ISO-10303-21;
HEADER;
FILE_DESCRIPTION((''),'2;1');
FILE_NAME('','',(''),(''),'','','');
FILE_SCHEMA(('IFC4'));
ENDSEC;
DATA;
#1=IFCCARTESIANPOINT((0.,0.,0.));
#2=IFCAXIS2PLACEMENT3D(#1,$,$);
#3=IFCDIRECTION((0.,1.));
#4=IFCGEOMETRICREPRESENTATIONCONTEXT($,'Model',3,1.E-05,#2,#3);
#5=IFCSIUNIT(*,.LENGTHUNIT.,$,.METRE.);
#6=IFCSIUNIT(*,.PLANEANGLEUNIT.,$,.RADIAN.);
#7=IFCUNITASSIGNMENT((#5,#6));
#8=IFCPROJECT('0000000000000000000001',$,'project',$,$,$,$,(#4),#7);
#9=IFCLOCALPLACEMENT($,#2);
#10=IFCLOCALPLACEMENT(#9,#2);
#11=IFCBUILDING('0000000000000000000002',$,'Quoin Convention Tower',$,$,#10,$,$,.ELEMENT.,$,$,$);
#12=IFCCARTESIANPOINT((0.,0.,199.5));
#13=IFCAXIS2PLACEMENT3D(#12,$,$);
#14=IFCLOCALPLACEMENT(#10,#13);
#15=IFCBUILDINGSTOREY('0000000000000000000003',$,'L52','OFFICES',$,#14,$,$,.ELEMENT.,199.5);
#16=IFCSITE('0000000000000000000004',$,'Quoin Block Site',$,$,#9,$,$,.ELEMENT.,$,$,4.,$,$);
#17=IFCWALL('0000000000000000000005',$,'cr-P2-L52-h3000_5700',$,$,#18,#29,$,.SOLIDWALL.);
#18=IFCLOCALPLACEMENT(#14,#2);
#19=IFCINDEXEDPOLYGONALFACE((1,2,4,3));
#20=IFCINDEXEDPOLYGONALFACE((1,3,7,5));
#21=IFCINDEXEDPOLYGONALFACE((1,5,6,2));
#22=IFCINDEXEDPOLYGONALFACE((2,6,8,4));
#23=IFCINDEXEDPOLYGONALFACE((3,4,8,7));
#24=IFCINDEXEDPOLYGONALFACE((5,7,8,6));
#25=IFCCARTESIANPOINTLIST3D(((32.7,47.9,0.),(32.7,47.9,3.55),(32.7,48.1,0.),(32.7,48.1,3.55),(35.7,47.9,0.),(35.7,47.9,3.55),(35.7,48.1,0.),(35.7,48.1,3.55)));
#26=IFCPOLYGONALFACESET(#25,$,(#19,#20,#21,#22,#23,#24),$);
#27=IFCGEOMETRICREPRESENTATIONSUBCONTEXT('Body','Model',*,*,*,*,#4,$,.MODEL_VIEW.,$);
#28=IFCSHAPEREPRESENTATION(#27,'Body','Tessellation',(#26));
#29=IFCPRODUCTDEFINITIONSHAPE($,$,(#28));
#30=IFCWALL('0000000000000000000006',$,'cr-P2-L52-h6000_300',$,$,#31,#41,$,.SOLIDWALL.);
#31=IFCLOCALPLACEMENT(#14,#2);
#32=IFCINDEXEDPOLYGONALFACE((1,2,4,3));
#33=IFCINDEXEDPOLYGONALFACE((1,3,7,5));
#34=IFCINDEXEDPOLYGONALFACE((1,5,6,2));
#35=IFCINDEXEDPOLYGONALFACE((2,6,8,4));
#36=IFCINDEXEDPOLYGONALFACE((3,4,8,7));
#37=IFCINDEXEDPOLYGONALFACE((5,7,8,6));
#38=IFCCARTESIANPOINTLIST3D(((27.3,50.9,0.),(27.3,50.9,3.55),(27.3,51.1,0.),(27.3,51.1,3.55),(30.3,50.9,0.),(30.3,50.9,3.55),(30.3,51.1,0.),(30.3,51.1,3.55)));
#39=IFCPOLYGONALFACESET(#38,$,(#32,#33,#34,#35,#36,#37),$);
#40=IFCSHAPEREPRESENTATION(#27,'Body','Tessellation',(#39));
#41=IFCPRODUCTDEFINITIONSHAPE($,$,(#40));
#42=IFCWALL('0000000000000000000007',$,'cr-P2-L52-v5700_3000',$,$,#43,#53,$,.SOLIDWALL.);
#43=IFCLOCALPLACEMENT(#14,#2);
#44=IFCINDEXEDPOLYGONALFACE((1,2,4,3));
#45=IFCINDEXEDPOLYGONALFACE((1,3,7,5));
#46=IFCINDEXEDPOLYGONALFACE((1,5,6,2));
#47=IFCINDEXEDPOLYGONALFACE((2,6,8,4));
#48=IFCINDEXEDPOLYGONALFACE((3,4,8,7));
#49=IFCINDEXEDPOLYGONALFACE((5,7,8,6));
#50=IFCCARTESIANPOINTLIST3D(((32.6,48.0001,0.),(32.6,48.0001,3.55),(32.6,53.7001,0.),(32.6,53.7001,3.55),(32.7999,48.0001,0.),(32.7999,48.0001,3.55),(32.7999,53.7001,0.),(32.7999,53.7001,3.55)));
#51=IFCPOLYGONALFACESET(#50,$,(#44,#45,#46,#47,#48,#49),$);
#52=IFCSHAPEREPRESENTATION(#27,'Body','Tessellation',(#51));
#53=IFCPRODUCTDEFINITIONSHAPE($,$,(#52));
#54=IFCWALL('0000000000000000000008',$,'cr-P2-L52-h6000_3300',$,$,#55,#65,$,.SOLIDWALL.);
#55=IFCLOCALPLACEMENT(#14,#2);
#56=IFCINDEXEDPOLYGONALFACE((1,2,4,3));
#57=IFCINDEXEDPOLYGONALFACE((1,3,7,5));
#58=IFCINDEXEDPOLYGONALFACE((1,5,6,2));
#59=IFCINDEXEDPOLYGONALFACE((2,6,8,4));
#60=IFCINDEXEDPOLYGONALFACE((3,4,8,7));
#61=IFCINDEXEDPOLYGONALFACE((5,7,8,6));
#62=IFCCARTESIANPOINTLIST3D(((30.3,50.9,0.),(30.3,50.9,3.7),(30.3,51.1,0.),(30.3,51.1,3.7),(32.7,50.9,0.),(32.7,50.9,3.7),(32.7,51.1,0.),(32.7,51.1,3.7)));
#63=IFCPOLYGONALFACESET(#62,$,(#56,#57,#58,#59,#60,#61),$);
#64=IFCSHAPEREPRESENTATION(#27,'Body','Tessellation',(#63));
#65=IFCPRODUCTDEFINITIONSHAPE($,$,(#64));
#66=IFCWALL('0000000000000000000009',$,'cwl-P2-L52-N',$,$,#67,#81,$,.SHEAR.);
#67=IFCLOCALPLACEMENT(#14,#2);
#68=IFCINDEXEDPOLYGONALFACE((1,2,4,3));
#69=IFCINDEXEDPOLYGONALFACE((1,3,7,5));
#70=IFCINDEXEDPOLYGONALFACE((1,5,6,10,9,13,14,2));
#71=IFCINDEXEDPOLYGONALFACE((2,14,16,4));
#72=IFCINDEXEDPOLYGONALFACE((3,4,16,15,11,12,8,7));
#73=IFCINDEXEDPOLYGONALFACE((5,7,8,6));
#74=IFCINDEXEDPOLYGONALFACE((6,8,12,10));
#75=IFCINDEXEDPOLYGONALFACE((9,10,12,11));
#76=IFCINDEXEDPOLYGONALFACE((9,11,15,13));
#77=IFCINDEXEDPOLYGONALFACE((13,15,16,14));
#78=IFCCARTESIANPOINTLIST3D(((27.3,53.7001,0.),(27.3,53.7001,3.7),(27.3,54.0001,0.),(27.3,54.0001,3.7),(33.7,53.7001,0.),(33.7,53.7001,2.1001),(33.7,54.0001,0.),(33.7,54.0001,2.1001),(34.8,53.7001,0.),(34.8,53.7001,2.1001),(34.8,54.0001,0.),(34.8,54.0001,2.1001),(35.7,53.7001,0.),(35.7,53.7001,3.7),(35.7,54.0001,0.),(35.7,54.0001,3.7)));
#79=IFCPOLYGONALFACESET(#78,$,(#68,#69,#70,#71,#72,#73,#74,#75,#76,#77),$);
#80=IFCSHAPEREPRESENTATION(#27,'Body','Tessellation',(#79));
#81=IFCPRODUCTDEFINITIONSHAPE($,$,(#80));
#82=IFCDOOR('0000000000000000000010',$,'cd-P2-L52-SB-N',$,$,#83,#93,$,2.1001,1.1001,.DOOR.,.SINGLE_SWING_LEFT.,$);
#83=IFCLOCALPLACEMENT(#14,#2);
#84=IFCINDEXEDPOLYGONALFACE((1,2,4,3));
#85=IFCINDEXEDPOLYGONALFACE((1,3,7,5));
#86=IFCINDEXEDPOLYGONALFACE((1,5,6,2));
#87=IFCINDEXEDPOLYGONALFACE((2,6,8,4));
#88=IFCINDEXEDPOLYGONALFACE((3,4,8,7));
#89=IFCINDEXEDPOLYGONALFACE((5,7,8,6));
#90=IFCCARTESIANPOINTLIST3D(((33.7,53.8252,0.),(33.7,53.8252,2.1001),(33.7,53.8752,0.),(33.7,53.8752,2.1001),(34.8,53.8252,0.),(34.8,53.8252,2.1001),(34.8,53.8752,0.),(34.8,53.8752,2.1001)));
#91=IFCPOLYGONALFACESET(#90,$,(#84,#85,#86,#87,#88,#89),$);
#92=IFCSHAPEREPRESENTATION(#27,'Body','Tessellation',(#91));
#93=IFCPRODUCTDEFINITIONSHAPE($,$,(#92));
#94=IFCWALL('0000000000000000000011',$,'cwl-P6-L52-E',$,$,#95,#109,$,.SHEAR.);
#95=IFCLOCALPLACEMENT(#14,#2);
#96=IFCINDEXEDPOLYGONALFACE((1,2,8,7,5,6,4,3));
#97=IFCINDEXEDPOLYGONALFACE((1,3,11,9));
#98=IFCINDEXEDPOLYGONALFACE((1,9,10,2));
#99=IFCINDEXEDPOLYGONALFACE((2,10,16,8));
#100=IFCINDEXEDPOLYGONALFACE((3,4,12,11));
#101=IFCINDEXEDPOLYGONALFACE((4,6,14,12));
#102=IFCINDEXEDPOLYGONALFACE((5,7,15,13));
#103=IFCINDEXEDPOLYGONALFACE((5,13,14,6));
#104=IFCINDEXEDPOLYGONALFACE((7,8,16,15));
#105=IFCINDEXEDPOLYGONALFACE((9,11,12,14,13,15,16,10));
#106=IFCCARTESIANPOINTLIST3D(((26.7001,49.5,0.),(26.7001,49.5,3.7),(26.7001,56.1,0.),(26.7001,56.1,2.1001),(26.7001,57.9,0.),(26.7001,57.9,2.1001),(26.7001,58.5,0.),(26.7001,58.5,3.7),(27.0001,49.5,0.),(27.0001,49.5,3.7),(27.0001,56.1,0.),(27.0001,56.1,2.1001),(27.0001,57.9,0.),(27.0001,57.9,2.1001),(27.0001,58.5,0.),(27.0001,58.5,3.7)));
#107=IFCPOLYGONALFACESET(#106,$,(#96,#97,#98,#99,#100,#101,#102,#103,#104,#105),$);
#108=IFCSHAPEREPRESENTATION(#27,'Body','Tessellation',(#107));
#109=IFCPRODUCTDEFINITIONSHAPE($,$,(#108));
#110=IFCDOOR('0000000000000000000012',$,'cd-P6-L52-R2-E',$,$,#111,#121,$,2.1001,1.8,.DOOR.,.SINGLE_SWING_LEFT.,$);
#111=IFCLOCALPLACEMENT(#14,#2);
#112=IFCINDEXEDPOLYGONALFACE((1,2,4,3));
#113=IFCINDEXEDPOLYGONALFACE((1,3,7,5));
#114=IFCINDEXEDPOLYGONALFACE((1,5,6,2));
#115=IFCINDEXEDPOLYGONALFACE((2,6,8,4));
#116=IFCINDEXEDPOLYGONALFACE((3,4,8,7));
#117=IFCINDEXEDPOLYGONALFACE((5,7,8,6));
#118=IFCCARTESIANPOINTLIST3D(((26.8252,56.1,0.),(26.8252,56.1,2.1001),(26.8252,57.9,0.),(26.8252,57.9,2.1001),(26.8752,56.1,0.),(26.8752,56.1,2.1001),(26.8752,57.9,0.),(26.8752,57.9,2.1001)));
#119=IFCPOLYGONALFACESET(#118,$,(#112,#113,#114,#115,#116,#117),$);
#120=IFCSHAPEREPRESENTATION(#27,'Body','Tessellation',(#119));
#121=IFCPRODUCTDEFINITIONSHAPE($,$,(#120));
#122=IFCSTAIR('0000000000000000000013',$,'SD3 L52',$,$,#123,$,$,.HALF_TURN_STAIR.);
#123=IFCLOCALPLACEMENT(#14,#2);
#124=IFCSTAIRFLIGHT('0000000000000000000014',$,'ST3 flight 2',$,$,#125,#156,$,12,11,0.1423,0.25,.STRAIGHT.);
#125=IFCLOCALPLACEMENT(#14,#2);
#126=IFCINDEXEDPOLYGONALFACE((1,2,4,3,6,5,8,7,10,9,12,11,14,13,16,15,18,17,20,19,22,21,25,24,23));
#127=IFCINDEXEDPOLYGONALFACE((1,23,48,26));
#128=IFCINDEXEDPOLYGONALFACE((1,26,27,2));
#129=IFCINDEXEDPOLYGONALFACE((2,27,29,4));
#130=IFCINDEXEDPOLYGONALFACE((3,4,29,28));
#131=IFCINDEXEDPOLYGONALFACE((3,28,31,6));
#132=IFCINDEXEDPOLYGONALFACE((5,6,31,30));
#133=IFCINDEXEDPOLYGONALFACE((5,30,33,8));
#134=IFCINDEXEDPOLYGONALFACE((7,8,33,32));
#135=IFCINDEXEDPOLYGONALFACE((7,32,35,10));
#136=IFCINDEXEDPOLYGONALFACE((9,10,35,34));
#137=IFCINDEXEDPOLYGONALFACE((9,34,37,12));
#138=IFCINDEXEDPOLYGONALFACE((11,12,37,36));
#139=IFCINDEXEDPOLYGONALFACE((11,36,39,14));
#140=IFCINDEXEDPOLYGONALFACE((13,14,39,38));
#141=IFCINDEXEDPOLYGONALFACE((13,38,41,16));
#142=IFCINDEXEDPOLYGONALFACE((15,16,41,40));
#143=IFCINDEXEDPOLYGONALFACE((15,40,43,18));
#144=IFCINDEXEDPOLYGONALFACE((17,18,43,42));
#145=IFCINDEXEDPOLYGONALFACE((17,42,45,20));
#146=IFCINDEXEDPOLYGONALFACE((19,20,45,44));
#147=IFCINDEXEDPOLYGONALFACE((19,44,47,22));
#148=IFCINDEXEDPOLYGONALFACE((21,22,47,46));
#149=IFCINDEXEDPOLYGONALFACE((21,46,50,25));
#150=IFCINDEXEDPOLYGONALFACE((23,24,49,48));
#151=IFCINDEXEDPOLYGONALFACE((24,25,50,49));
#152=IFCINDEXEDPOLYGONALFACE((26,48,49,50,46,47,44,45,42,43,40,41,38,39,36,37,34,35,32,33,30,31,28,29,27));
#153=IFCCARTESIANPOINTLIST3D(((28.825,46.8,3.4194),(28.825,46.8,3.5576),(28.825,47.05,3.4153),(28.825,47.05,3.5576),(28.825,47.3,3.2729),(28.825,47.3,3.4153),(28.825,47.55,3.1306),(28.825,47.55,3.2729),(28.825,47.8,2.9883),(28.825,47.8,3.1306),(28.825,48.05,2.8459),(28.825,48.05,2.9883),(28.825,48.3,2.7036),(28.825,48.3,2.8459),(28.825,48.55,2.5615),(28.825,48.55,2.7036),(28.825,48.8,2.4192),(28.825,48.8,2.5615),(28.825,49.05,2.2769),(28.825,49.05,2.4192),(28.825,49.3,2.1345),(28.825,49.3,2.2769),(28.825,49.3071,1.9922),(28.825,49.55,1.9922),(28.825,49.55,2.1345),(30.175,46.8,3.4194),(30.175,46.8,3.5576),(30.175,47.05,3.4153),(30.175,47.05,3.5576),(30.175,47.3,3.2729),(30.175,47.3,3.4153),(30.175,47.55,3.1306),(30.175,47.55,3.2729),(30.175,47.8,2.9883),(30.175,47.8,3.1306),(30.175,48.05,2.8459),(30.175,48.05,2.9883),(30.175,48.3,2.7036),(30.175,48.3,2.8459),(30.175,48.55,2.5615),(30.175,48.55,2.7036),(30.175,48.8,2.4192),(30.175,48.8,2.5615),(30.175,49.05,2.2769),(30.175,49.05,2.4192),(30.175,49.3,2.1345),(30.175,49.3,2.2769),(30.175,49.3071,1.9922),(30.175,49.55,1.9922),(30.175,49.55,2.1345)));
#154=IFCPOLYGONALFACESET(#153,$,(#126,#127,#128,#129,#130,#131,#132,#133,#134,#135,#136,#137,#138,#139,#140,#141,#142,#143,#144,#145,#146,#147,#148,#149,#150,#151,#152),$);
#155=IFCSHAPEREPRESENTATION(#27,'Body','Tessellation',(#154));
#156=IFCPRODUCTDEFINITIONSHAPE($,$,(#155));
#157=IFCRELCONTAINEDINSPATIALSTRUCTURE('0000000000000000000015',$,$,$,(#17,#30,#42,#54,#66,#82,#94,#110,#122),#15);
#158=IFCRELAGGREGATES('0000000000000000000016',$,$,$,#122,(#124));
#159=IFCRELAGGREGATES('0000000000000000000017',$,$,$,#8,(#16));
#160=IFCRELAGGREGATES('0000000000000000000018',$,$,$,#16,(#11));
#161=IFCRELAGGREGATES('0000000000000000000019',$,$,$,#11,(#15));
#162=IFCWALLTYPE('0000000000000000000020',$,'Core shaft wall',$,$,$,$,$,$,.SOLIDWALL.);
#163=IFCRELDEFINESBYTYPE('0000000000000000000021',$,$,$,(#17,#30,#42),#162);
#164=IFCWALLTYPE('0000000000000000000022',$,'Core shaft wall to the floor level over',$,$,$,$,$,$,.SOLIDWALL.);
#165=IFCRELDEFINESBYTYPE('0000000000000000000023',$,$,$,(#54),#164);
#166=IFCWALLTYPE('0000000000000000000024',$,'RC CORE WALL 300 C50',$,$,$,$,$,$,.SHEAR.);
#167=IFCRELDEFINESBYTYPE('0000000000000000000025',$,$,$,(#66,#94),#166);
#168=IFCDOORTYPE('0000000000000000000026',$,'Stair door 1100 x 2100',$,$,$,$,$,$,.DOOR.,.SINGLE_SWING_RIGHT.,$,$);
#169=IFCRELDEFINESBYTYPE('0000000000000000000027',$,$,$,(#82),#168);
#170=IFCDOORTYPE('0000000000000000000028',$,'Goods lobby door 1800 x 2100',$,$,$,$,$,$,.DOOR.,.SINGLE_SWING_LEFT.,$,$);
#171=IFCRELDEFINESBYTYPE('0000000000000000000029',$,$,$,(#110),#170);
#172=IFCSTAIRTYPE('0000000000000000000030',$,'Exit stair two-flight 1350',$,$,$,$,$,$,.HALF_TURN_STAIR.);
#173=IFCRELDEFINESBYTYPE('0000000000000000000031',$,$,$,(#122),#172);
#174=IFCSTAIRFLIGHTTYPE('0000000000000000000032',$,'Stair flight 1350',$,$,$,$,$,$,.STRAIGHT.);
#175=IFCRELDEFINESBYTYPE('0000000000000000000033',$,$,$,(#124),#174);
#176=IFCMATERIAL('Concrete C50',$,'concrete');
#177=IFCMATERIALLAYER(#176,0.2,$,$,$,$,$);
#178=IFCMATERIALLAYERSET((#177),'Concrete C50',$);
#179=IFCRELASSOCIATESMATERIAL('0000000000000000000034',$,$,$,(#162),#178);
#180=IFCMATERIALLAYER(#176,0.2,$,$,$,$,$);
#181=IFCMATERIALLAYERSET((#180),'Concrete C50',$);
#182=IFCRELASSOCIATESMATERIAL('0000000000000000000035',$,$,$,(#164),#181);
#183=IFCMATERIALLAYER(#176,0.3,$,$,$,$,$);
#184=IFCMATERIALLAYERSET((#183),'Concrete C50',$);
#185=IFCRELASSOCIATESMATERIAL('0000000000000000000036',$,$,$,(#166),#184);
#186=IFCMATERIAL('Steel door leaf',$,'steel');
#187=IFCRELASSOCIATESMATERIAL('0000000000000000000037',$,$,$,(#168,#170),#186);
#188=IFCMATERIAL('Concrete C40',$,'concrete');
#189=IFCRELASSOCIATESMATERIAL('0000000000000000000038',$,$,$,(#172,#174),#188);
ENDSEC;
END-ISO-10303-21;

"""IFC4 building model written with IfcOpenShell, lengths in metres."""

from ifc_helpers import new_model, si_unit, direction, frame, frame_2d, origin, place, context, subcontext, project, spatial, polyline, rectangle, outline, extrude, material, layer, layer_set, type_object, element, fill, aggregate, save


model = new_model("IFC4")

# Units and contexts
model_context = context("Model", 3, precision=1e-05, world=origin(), true_north=direction((0.0, 1.0)))
body_context = subcontext(model_context, "Body", "Model", "MODEL_VIEW")
ifc_project = project(units=[si_unit("LENGTHUNIT", "METRE"), si_unit("PLANEANGLEUNIT", "RADIAN")], contexts=[model_context])

# Site, building, storey
site_placement = place(None, origin())
site = spatial("IfcSite", under=ifc_project, at=site_placement, Name="Quoin Block Site", CompositionType="ELEMENT", RefElevation=4.0)
building_placement = place(site_placement, origin())
building = spatial("IfcBuilding", under=site, at=building_placement, Name="Quoin Convention Tower", CompositionType="ELEMENT")
storey_placement = place(building_placement, frame((0.0, 0.0, 199.5)))
storey = spatial("IfcBuildingStorey", under=building, at=storey_placement, Name="L52", Description="OFFICES", CompositionType="ELEMENT", Elevation=199.5)

# Shared definitions
ifc_material_1 = material(Name="Concrete C50", Category="concrete")

# Walls
ifc_layer_1 = layer(ifc_material_1, 0.2)
ifc_layer_set_1 = layer_set([ifc_layer_1], Name="Concrete C50")
wall_type_1 = type_object("IfcWallType", Name="Core shaft wall", PredefinedType="SOLIDWALL", material=ifc_layer_set_1)
for number, where, z_axis, x_axis, name in (
    (1, (32.7, 48.0, 0.0), (0.0, 0.0, 1.0), (1.0, 0.0, 0.0), "cr-P2-L52-h3000_5700"),
    (2, (27.3, 51.0, 0.0), (0.0, 0.0, 1.0), (1.0, 0.0, 0.0), "cr-P2-L52-h6000_300"),
):
    element("IfcWall", number, at=place(storey_placement, frame(where, z_axis=z_axis, x_axis=x_axis)), inside=storey, type_object=wall_type_1, Name=name, PredefinedType="SOLIDWALL", context=body_context, shape_type="SweptSolid", body=[
        extrude(rectangle(XDim=3.0, YDim=0.2, at=frame_2d((1.5, 0.0))), origin(), (0.0, 0.0, 1.0), 3.55),
    ])
wall_1_placement = place(storey_placement, frame((32.7, 48.0, 0.0), z_axis=(0.0, 0.0, 1.0), x_axis=(0.0, 1.0, 0.0)))
element("IfcWall", 3, at=wall_1_placement, inside=storey, type_object=wall_type_1, Name="cr-P2-L52-v5700_3000", PredefinedType="SOLIDWALL", context=body_context, shape_type="SweptSolid", body=[
    extrude(rectangle(XDim=5.7, YDim=0.2, at=frame_2d((2.8501, 0.0))), origin(), (0.0, 0.0, 1.0), 3.55),
])
ifc_layer_2 = layer(ifc_material_1, 0.2)
ifc_layer_set_2 = layer_set([ifc_layer_2], Name="Concrete C50")
wall_type_2 = type_object("IfcWallType", Name="Core shaft wall to the floor level over", PredefinedType="SOLIDWALL", material=ifc_layer_set_2)
wall_2_placement = place(storey_placement, frame((30.3, 51.0, 0.0), z_axis=(0.0, 0.0, 1.0), x_axis=(1.0, 0.0, 0.0)))
element("IfcWall", 4, at=wall_2_placement, inside=storey, type_object=wall_type_2, Name="cr-P2-L52-h6000_3300", PredefinedType="SOLIDWALL", context=body_context, shape_type="SweptSolid", body=[
    extrude(rectangle(XDim=2.3999, YDim=0.2, at=frame_2d((1.2, 0.0))), origin(), (0.0, 0.0, 1.0), 3.7),
])

# Walls, openings, doors
ifc_layer_3 = layer(ifc_material_1, 0.3)
ifc_layer_set_3 = layer_set([ifc_layer_3], Name="Concrete C50")
wall_type_3 = type_object("IfcWallType", Name="RC CORE WALL 300 C50", PredefinedType="SHEAR", material=ifc_layer_set_3)
wall_3_placement = place(storey_placement, frame((27.3, 53.8501, 0.0), z_axis=(0.0, 0.0, 1.0), x_axis=(1.0, 0.0, 0.0)))
wall_3 = element("IfcWall", 5, at=wall_3_placement, inside=storey, type_object=wall_type_3, Name="cwl-P2-L52-N", PredefinedType="SHEAR", context=body_context, shape_type="SweptSolid", body=[
    extrude(rectangle(XDim=8.3999, YDim=0.3, at=frame_2d((4.2, 0.0))), origin(), (0.0, 0.0, 1.0), 3.7),
])
opening_1_placement = place(wall_3_placement, frame((6.3999, 0.0, 0.0)))
opening_1 = element("IfcOpeningElement", 6, at=opening_1_placement, cuts=wall_3, PredefinedType="OPENING", context=body_context, shape_type="SweptSolid", body=[
    extrude(rectangle(XDim=1.1001, YDim=2.1001, at=frame_2d((0.55, 1.05))), frame((0.0, 0.1599, 0.0), z_axis=(0.0, -1.0, 0.0), x_axis=(1.0, 0.0, 0.0)), (0.0, 0.0, 1.0), 0.3201),
])
ifc_material_2 = material(Name="Steel door leaf", Category="steel")
door_type_1 = type_object("IfcDoorType", Name="Stair door 1100 x 2100", OperationType="SINGLE_SWING_RIGHT", PredefinedType="DOOR", material=ifc_material_2)
door_1_placement = place(opening_1_placement, frame((1.1001, 0.0, 0.0), z_axis=(0.0, 0.0, 1.0), x_axis=(-1.0, 0.0, 0.0)))
door_1 = element("IfcDoor", 7, at=door_1_placement, inside=storey, type_object=door_type_1, Name="cd-P2-L52-SB-N", OperationType="SINGLE_SWING_LEFT", OverallHeight=2.1001, OverallWidth=1.1001, PredefinedType="DOOR", context=body_context, shape_type="SweptSolid", body=[
    extrude(rectangle(XDim=1.1001, YDim=2.1001, at=frame_2d((0.55, 1.05))), frame((0.0, 0.0249, 0.0), z_axis=(0.0, -1.0, 0.0), x_axis=(1.0, 0.0, 0.0)), (0.0, 0.0, 1.0), 0.05),
])
fill(opening_1, door_1)
wall_4_placement = place(storey_placement, frame((26.8501, 49.5, 0.0), z_axis=(0.0, 0.0, 1.0), x_axis=(0.0, 1.0, 0.0)))
wall_4 = element("IfcWall", 8, at=wall_4_placement, inside=storey, type_object=wall_type_3, Name="cwl-P6-L52-E", PredefinedType="SHEAR", context=body_context, shape_type="SweptSolid", body=[
    extrude(rectangle(XDim=9.0, YDim=0.3, at=frame_2d((4.5, 0.0))), origin(), (0.0, 0.0, 1.0), 3.7),
])
opening_2_placement = place(wall_4_placement, frame((6.6001, 0.0, 0.0)))
opening_2 = element("IfcOpeningElement", 9, at=opening_2_placement, cuts=wall_4, PredefinedType="OPENING", context=body_context, shape_type="SweptSolid", body=[
    extrude(rectangle(XDim=1.8, YDim=2.1001, at=frame_2d((0.8999, 1.05))), frame((0.0, 0.1599, 0.0), z_axis=(0.0, -1.0, 0.0), x_axis=(1.0, 0.0, 0.0)), (0.0, 0.0, 1.0), 0.3201),
])
door_type_2 = type_object("IfcDoorType", Name="Goods lobby door 1800 x 2100", OperationType="SINGLE_SWING_LEFT", PredefinedType="DOOR", material=ifc_material_2)
door_2_placement = place(opening_2_placement, origin())
door_2 = element("IfcDoor", 10, at=door_2_placement, inside=storey, type_object=door_type_2, Name="cd-P6-L52-R2-E", OperationType="SINGLE_SWING_LEFT", OverallHeight=2.1001, OverallWidth=1.8, PredefinedType="DOOR", context=body_context, shape_type="SweptSolid", body=[
    extrude(rectangle(XDim=1.8, YDim=2.1001, at=frame_2d((0.8999, 1.05))), frame((0.0, 0.0249, 0.0), z_axis=(0.0, -1.0, 0.0), x_axis=(1.0, 0.0, 0.0)), (0.0, 0.0, 1.0), 0.05),
])
fill(opening_2, door_2)

# Stair, stair flight
ifc_material_3 = material(Name="Concrete C40", Category="concrete")
stair_type_1 = type_object("IfcStairType", Name="Exit stair two-flight 1350", PredefinedType="HALF_TURN_STAIR", material=ifc_material_3)
stair_1_placement = place(storey_placement, origin())
stair_1 = element("IfcStair", 11, at=stair_1_placement, inside=storey, type_object=stair_type_1, Name="SD3 L52", PredefinedType="HALF_TURN_STAIR")
stair_flight_type_1 = type_object("IfcStairFlightType", Name="Stair flight 1350", PredefinedType="STRAIGHT", material=ifc_material_3)
stair_flight_1_placement = place(storey_placement, frame((29.5, 49.55, 1.9922), z_axis=(0.0, 0.0, 1.0), x_axis=(0.0, -1.0, 0.0)))
stair_flight_1 = element("IfcStairFlight", 12, at=stair_flight_1_placement, type_object=stair_flight_type_1, Name="ST3 flight 2", NumberOfRisers=12, NumberOfTreads=11, PredefinedType="STRAIGHT", RiserHeight=0.1423, TreadLength=0.25, context=body_context, shape_type="SweptSolid", body=[
    extrude(outline(polyline([(0.0, 0.0), (0.0, 0.1423), (0.25, 0.1423), (0.25, 0.2847), (0.5, 0.2847), (0.5, 0.427), (0.75, 0.427), (0.75, 0.5693), (1.0, 0.5693), (1.0, 0.7114), (1.25, 0.7114), (1.25, 0.8538), (1.5, 0.8538), (1.5, 0.9961), (1.75, 0.9961), (1.75, 1.1384), (2.0, 1.1384), (2.0, 1.2808), (2.25, 1.2808), (2.25, 1.4231), (2.5, 1.4231), (2.5, 1.5654), (2.75, 1.5654), (2.75, 1.7078), (2.75, 1.4272), (0.2429, 0.0), (0.0, 0.0)])), frame((0.0, 0.675, 0.0), z_axis=(0.0, -1.0, 0.0), x_axis=(1.0, 0.0, 0.0)), (0.0, 0.0, 1.0), 1.3501),
])
aggregate(stair_1, [stair_flight_1])

save(model, "model.ifc")
